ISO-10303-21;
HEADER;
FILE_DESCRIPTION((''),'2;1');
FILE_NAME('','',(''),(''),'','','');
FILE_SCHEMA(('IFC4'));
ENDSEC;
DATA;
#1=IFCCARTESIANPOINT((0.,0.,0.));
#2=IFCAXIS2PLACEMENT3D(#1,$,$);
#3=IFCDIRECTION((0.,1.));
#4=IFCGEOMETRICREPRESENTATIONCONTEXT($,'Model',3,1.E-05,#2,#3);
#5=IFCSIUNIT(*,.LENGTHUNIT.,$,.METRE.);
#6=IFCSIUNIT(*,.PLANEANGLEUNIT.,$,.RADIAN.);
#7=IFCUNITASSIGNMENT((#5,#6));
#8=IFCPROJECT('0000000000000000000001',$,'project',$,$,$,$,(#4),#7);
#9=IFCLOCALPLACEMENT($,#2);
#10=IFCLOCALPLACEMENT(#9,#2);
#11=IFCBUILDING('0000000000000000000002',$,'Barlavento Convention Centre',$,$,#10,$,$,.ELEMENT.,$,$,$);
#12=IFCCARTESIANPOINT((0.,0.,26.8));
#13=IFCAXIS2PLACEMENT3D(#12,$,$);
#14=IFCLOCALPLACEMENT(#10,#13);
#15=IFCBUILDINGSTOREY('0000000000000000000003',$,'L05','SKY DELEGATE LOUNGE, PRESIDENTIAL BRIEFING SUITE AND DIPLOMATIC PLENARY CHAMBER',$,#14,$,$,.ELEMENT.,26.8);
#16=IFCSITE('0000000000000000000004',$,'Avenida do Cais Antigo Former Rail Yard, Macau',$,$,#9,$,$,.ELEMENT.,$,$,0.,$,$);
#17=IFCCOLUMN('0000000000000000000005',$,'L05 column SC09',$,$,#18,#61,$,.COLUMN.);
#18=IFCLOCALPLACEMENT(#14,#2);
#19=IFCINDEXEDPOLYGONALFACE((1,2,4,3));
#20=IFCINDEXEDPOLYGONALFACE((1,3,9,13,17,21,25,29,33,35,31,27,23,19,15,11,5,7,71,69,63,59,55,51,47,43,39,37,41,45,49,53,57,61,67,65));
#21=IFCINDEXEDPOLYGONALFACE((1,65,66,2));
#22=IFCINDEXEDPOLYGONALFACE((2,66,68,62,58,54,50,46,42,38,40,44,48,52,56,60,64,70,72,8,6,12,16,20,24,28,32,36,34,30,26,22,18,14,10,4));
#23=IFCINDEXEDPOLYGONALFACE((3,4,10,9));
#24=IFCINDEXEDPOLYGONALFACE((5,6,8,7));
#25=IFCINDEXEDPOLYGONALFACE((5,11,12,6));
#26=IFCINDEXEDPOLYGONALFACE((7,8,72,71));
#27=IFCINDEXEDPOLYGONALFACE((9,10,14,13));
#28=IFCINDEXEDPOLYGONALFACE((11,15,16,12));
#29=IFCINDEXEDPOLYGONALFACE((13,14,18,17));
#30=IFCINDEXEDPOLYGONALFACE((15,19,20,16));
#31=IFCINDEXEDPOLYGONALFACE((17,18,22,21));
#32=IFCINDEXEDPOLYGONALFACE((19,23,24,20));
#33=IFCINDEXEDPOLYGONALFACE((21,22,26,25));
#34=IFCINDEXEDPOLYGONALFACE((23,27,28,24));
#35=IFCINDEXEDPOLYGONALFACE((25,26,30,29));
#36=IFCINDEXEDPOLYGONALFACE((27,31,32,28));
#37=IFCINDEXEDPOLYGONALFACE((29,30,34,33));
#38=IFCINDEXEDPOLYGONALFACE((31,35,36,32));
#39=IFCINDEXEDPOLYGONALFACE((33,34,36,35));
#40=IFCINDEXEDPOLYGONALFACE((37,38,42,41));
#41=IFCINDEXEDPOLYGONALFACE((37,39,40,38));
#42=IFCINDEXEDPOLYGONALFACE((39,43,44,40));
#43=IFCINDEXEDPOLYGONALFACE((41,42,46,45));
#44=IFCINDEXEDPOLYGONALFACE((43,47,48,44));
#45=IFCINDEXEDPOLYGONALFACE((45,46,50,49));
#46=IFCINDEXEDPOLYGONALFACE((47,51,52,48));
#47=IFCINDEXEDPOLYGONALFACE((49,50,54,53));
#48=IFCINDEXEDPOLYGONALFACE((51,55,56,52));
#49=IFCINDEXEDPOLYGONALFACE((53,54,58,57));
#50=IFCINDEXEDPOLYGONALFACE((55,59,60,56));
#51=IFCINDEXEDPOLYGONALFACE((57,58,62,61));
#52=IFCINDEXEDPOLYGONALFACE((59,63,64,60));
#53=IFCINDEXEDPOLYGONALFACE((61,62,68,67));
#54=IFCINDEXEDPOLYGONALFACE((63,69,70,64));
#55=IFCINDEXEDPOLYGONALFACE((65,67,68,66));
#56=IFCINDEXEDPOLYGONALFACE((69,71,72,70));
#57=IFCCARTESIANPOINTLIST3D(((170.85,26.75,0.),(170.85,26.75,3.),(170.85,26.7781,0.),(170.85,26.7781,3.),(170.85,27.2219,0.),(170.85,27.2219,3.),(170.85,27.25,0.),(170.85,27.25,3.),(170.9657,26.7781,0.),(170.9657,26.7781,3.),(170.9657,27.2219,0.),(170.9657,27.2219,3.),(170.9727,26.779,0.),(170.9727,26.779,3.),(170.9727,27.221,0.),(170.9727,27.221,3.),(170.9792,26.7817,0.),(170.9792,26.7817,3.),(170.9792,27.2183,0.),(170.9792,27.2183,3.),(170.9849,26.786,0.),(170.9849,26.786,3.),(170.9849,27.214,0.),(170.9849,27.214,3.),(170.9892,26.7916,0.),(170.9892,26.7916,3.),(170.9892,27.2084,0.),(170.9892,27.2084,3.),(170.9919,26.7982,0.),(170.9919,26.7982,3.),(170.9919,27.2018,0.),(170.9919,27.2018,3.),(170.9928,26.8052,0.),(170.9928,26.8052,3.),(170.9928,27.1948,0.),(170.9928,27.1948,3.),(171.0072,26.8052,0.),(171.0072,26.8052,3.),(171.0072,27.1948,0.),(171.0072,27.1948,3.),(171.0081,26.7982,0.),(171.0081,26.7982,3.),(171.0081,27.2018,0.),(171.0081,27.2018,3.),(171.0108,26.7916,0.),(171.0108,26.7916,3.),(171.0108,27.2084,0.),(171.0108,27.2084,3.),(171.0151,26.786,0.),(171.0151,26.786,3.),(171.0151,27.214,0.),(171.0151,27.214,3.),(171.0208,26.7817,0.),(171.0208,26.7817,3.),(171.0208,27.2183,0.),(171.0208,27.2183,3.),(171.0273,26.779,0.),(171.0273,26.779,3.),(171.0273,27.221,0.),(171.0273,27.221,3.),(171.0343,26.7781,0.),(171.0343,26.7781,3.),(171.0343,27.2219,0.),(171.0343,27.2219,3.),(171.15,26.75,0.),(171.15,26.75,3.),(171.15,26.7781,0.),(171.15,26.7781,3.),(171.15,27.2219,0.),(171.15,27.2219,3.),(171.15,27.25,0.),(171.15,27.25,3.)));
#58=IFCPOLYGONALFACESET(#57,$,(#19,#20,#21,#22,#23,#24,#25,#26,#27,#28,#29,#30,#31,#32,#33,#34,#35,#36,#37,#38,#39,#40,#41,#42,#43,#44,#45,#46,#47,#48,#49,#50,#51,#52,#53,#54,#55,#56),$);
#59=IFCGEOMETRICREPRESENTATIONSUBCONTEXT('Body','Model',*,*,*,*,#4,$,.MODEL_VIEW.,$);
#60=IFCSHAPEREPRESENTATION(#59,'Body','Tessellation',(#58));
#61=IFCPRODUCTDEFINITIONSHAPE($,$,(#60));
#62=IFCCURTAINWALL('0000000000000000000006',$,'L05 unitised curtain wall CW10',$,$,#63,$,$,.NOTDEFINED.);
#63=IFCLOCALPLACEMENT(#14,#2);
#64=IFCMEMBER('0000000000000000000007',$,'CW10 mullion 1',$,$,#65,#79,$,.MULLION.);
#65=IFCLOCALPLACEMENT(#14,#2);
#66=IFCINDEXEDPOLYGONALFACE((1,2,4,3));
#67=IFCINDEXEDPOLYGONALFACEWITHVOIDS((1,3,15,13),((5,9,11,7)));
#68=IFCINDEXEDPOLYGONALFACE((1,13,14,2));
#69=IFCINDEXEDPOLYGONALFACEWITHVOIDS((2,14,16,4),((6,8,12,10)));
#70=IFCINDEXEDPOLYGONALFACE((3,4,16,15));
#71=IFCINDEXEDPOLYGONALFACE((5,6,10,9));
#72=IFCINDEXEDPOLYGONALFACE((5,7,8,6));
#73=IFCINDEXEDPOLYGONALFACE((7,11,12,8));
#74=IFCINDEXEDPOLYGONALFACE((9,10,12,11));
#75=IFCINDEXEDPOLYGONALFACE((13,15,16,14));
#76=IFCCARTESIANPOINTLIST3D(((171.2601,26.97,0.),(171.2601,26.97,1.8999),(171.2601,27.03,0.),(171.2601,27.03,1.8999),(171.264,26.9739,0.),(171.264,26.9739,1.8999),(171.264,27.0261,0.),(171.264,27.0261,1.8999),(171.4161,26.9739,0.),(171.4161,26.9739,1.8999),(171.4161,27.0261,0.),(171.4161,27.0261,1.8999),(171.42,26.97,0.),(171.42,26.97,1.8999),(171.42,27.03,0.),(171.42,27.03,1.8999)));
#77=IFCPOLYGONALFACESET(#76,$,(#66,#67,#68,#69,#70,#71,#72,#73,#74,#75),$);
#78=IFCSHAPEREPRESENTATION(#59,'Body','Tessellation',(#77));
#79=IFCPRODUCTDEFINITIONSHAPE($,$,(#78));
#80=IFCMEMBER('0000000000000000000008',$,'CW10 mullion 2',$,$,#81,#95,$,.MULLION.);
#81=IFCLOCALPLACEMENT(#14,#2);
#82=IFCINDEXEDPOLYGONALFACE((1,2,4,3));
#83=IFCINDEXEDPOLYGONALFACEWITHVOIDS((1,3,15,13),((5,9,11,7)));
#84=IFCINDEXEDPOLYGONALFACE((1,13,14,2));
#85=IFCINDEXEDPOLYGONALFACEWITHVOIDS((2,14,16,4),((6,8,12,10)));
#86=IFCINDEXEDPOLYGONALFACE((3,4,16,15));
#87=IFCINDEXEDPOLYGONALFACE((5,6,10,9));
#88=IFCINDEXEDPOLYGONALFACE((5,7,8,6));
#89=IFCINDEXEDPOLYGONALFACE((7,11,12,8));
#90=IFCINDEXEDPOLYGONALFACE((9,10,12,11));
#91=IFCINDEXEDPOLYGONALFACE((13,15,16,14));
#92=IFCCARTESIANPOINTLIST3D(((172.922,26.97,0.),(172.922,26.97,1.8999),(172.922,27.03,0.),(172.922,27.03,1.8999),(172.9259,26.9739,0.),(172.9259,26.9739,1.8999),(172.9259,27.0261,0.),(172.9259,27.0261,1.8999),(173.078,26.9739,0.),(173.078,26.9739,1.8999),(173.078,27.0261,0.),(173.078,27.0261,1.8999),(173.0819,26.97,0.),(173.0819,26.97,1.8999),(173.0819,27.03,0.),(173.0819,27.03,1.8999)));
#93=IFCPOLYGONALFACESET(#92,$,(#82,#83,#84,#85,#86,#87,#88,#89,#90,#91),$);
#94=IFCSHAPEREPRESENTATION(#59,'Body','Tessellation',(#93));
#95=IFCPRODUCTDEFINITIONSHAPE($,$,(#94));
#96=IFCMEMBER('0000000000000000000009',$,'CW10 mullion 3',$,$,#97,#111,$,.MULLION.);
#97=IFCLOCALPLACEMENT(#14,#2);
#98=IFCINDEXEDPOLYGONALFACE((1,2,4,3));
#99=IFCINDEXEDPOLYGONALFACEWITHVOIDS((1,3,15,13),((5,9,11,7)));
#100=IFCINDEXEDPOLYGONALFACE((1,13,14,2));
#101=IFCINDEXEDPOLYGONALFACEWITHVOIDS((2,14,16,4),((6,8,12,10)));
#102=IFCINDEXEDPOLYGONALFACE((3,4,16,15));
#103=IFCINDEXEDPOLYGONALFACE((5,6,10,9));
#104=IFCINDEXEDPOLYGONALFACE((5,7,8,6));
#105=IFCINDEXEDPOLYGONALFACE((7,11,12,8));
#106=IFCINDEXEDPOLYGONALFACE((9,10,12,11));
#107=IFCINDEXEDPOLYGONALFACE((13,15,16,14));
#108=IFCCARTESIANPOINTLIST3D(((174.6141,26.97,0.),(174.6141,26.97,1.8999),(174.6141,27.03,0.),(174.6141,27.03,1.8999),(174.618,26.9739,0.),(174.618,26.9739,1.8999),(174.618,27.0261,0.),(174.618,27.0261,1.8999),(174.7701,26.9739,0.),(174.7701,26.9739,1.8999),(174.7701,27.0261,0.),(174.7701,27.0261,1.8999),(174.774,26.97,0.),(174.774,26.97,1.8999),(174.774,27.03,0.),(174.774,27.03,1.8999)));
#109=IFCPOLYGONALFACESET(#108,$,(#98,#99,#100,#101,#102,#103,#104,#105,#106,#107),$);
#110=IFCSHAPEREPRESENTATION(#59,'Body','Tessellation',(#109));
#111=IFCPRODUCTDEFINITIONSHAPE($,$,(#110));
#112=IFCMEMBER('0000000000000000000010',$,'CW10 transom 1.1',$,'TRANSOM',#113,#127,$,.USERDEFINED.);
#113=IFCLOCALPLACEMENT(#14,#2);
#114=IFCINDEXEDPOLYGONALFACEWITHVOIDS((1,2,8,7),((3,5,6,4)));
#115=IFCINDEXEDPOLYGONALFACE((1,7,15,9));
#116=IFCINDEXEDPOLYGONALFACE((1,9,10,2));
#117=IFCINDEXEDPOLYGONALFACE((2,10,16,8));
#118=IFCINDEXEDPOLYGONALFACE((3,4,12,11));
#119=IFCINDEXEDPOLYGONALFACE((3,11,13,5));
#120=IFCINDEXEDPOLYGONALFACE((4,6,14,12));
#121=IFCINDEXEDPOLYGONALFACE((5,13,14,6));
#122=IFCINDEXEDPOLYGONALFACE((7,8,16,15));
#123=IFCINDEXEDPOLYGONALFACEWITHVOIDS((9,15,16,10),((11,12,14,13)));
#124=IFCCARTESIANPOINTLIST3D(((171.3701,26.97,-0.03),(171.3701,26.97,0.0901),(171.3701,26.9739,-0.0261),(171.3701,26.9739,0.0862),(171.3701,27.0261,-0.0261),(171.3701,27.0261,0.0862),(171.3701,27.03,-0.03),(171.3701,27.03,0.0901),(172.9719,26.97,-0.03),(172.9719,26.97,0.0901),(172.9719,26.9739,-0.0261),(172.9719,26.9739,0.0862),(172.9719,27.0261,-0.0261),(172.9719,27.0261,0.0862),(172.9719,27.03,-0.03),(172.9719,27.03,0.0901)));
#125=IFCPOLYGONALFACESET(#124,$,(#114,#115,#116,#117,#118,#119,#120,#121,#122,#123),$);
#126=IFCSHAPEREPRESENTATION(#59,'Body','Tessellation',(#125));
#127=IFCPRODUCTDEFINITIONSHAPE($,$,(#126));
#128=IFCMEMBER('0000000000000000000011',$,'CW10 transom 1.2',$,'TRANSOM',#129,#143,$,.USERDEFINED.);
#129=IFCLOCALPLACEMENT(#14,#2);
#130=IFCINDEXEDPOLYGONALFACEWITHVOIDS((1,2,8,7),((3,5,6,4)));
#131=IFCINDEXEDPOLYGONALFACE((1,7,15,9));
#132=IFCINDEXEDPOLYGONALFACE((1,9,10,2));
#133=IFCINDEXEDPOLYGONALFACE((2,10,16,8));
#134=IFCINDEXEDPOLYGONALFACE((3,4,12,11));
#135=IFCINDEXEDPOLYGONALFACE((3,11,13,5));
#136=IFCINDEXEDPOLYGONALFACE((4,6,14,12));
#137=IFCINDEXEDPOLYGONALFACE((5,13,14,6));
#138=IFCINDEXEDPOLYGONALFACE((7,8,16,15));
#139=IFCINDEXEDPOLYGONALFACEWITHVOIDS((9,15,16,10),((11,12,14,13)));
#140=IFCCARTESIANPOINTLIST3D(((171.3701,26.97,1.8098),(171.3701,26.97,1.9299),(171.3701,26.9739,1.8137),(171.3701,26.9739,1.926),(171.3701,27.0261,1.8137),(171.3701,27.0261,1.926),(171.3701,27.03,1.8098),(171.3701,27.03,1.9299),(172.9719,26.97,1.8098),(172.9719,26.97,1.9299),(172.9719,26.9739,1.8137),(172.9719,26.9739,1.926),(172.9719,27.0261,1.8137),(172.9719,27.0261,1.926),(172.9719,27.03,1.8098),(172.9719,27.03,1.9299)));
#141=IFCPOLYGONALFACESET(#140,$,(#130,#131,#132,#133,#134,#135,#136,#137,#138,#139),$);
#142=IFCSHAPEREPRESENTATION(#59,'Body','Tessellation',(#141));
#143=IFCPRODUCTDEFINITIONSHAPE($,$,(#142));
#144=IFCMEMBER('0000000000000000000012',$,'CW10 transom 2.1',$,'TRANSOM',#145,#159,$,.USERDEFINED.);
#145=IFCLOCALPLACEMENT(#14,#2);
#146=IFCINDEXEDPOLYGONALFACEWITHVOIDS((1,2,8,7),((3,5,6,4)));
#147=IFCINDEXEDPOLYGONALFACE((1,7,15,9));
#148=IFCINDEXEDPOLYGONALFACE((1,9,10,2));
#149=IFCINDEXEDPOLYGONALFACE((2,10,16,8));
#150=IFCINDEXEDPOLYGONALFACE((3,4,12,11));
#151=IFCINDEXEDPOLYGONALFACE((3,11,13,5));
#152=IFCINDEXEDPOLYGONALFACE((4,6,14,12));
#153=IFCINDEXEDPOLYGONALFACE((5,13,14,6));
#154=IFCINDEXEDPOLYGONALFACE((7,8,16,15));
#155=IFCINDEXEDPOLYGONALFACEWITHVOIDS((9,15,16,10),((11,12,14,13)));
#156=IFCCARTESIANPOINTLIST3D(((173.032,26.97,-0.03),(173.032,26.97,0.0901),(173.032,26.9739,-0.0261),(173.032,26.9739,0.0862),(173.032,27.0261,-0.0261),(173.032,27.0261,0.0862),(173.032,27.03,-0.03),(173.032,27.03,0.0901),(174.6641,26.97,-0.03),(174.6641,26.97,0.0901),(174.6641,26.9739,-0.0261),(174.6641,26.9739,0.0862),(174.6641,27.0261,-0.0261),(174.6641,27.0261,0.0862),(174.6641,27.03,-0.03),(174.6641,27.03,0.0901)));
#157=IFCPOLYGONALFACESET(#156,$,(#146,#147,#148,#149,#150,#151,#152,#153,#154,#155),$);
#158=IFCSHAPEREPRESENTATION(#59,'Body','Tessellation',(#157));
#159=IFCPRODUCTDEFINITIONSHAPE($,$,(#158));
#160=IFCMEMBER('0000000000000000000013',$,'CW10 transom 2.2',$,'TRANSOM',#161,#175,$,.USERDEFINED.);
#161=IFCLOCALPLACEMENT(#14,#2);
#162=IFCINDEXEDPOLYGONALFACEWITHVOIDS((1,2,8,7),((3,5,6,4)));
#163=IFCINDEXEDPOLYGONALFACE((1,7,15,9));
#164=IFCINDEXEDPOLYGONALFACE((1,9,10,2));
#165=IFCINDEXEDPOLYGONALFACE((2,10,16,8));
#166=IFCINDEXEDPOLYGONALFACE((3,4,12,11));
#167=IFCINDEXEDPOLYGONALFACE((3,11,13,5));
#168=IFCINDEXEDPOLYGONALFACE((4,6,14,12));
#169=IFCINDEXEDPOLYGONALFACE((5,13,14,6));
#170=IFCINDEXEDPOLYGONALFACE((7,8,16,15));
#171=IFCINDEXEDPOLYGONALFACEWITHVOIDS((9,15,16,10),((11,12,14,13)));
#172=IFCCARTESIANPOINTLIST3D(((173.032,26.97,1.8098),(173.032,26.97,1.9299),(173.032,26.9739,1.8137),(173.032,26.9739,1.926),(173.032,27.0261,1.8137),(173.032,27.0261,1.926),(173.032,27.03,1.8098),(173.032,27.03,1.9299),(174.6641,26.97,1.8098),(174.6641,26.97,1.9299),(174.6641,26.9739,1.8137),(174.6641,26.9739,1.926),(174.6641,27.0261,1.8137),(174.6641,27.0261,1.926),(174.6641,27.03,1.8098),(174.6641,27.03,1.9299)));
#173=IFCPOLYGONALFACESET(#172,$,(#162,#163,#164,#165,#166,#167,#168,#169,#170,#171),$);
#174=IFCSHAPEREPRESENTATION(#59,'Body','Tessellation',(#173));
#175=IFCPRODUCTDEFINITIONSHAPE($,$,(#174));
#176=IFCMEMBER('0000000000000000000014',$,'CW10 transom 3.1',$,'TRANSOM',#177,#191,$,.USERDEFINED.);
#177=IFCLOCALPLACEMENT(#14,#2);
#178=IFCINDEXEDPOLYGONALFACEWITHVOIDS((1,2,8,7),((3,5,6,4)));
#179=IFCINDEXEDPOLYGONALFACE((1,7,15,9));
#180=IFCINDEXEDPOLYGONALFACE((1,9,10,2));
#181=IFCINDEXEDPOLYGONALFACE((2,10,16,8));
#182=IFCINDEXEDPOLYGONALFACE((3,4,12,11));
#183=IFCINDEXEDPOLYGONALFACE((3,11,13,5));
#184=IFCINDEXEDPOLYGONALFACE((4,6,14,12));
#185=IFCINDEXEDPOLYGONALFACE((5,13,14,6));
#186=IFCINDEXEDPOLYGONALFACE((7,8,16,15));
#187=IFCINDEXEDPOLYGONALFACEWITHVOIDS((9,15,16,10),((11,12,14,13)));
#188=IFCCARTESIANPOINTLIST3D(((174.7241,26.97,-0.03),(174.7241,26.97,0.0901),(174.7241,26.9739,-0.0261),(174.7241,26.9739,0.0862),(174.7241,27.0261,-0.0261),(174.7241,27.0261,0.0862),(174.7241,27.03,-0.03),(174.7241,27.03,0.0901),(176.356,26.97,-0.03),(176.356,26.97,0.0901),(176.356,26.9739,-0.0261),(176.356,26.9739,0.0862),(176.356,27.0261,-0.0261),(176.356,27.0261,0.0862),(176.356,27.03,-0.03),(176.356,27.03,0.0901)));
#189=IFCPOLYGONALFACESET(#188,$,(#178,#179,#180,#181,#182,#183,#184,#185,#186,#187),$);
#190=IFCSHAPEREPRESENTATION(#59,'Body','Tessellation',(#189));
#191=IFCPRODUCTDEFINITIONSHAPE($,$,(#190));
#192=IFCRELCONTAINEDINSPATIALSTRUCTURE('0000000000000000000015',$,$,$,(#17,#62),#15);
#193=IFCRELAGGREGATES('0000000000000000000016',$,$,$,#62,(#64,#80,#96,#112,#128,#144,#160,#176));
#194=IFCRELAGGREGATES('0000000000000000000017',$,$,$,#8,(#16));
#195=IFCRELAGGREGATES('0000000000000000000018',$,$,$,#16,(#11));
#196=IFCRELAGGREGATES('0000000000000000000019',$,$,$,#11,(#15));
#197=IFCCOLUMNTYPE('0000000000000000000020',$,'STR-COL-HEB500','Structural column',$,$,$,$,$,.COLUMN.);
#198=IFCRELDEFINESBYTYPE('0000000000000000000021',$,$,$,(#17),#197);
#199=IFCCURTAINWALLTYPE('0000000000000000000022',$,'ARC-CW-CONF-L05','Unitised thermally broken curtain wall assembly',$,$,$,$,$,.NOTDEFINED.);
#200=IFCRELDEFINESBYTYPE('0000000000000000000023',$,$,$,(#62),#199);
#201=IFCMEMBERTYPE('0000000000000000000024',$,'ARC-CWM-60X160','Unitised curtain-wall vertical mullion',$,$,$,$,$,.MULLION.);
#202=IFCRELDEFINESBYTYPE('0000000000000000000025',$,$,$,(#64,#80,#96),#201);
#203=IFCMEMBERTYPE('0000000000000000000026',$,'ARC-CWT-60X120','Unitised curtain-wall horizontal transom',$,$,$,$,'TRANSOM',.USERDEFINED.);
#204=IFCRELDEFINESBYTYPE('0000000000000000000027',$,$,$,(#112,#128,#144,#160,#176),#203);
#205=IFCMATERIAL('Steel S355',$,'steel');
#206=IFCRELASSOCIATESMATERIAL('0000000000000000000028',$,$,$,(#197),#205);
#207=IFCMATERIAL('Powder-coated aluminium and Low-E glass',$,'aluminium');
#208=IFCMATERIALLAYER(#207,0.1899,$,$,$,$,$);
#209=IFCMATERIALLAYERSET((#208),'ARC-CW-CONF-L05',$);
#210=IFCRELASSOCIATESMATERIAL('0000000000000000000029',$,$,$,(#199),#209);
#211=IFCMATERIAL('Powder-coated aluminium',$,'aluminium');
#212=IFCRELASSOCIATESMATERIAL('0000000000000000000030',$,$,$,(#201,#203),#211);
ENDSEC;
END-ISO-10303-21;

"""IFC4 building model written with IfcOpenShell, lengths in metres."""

from ifc_helpers import new_model, si_unit, direction, frame, origin, origin_2d, place, context, subcontext, project, spatial, hollow_rectangle, i_section, extrude, material, layer, layer_set, material_profile, profile_set, type_object, element, aggregate, save


model = new_model("IFC4")

# Units and contexts
model_context = context("Model", 3, precision=1e-05, world=origin(), true_north=direction((0.0, 1.0)))
body_context = subcontext(model_context, "Body", "Model", "MODEL_VIEW")
ifc_project = project(units=[si_unit("LENGTHUNIT", "METRE"), si_unit("PLANEANGLEUNIT", "RADIAN")], contexts=[model_context])

# Site, building, storey
site_placement = place(None, origin())
site = spatial("IfcSite", under=ifc_project, at=site_placement, Name="Avenida do Cais Antigo Former Rail Yard, Macau", CompositionType="ELEMENT", RefElevation=0.0)
building_placement = place(site_placement, origin())
building = spatial("IfcBuilding", under=site, at=building_placement, Name="Barlavento Convention Centre", CompositionType="ELEMENT")
storey_placement = place(building_placement, frame((0.0, 0.0, 26.8)))
storey = spatial("IfcBuildingStorey", under=building, at=storey_placement, Name="L05", Description="SKY DELEGATE LOUNGE, PRESIDENTIAL BRIEFING SUITE AND DIPLOMATIC PLENARY CHAMBER", CompositionType="ELEMENT", Elevation=26.8)

# Column
ifc_material_1 = material(Name="Steel S355", Category="steel")
ifc_material_profile_1 = material_profile(ifc_material_1, i_section(OverallWidth=0.3, OverallDepth=0.5, WebThickness=0.0144, FlangeThickness=0.0281, FilletRadius=0.0271, at=origin_2d()), Name="HEB 500")
ifc_profile_set_1 = profile_set([ifc_material_profile_1], Name="Steel S355")
column_type = type_object("IfcColumnType", Name="STR-COL-HEB500", Description="Structural column", PredefinedType="COLUMN", material=ifc_profile_set_1)
column_placement = place(storey_placement, frame((171.0, 27.0, 0.0), z_axis=(0.0, 0.0, 1.0), x_axis=(1.0, 0.0, 0.0)))
element("IfcColumn", 1, at=column_placement, inside=storey, type_object=column_type, Name="L05 column SC09", PredefinedType="COLUMN", context=body_context, shape_type="SweptSolid", body=[
    extrude(i_section(OverallWidth=0.3, OverallDepth=0.5, WebThickness=0.0144, FlangeThickness=0.0281, FilletRadius=0.0271, at=origin_2d()), origin(), (0.0, 0.0, 1.0), 3.0),
])

# Curtain wall, members
ifc_material_2 = material(Name="Powder-coated aluminium and Low-E glass", Category="aluminium")
ifc_layer_1 = layer(ifc_material_2, 0.1899)
ifc_layer_set_1 = layer_set([ifc_layer_1], Name="ARC-CW-CONF-L05")
curtain_wall_type = type_object("IfcCurtainWallType", Name="ARC-CW-CONF-L05", Description="Unitised thermally broken curtain wall assembly", PredefinedType="NOTDEFINED", material=ifc_layer_set_1)
curtain_wall_placement = place(storey_placement, origin())
curtain_wall = element("IfcCurtainWall", 2, at=curtain_wall_placement, inside=storey, type_object=curtain_wall_type, Name="L05 unitised curtain wall CW10", PredefinedType="NOTDEFINED")
ifc_material_3 = material(Name="Powder-coated aluminium", Category="aluminium")
ifc_material_profile_2 = material_profile(ifc_material_3, hollow_rectangle(XDim=0.0601, YDim=0.1599, WallThickness=0.0039, at=origin_2d()), Name="AL-MULL 60x160x4")
ifc_profile_set_2 = profile_set([ifc_material_profile_2], Name="Powder-coated aluminium")
member_type_1 = type_object("IfcMemberType", Name="ARC-CWM-60X160", Description="Unitised curtain-wall vertical mullion", PredefinedType="MULLION", material=ifc_profile_set_2)
member_1_placement = place(storey_placement, frame((171.3401, 27.0, 0.0), z_axis=(0.0, 0.0, 1.0), x_axis=(0.0, 1.0, 0.0)))
member_1 = element("IfcMember", 3, at=member_1_placement, type_object=member_type_1, Name="CW10 mullion 1", PredefinedType="MULLION", context=body_context, shape_type="SweptSolid", body=[
    extrude(hollow_rectangle(XDim=0.0601, YDim=0.1599, WallThickness=0.0039, at=origin_2d()), origin(), (0.0, 0.0, 1.0), 1.8999),
])
member_2_placement = place(storey_placement, frame((173.002, 27.0, 0.0), z_axis=(0.0, 0.0, 1.0), x_axis=(0.0, 1.0, 0.0)))
member_2 = element("IfcMember", 4, at=member_2_placement, type_object=member_type_1, Name="CW10 mullion 2", PredefinedType="MULLION", context=body_context, shape_type="SweptSolid", body=[
    extrude(hollow_rectangle(XDim=0.0601, YDim=0.1599, WallThickness=0.0039, at=origin_2d()), origin(), (0.0, 0.0, 1.0), 1.8999),
])
member_3_placement = place(storey_placement, frame((174.6941, 27.0, 0.0), z_axis=(0.0, 0.0, 1.0), x_axis=(0.0, 1.0, 0.0)))
member_3 = element("IfcMember", 5, at=member_3_placement, type_object=member_type_1, Name="CW10 mullion 3", PredefinedType="MULLION", context=body_context, shape_type="SweptSolid", body=[
    extrude(hollow_rectangle(XDim=0.0601, YDim=0.1599, WallThickness=0.0039, at=origin_2d()), origin(), (0.0, 0.0, 1.0), 1.8999),
])
ifc_material_profile_3 = material_profile(ifc_material_3, hollow_rectangle(XDim=0.0601, YDim=0.1201, WallThickness=0.0039, at=origin_2d()), Name="AL-TRAN 60x120x4")
ifc_profile_set_3 = profile_set([ifc_material_profile_3], Name="Powder-coated aluminium")
member_type_2 = type_object("IfcMemberType", Name="ARC-CWT-60X120", Description="Unitised curtain-wall horizontal transom", ElementType="TRANSOM", PredefinedType="USERDEFINED", material=ifc_profile_set_3)
member_4_placement = place(storey_placement, frame((171.3701, 27.0, 0.03), z_axis=(1.0, 0.0, 0.0), x_axis=(0.0, 1.0, 0.0)))
member_4 = element("IfcMember", 6, at=member_4_placement, type_object=member_type_2, Name="CW10 transom 1.1", ObjectType="TRANSOM", PredefinedType="USERDEFINED", context=body_context, shape_type="SweptSolid", body=[
    extrude(hollow_rectangle(XDim=0.0601, YDim=0.1201, WallThickness=0.0039, at=origin_2d()), origin(), (0.0, 0.0, 1.0), 1.6018),
])
member_5_placement = place(storey_placement, frame((171.3701, 27.0, 1.8699), z_axis=(1.0, 0.0, 0.0), x_axis=(0.0, 1.0, 0.0)))
member_5 = element("IfcMember", 7, at=member_5_placement, type_object=member_type_2, Name="CW10 transom 1.2", ObjectType="TRANSOM", PredefinedType="USERDEFINED", context=body_context, shape_type="SweptSolid", body=[
    extrude(hollow_rectangle(XDim=0.0601, YDim=0.1201, WallThickness=0.0039, at=origin_2d()), origin(), (0.0, 0.0, 1.0), 1.6018),
])
member_6_placement = place(storey_placement, frame((173.032, 27.0, 0.03), z_axis=(1.0, 0.0, 0.0), x_axis=(0.0, 1.0, 0.0)))
member_6 = element("IfcMember", 8, at=member_6_placement, type_object=member_type_2, Name="CW10 transom 2.1", ObjectType="TRANSOM", PredefinedType="USERDEFINED", context=body_context, shape_type="SweptSolid", body=[
    extrude(hollow_rectangle(XDim=0.0601, YDim=0.1201, WallThickness=0.0039, at=origin_2d()), origin(), (0.0, 0.0, 1.0), 1.6321),
])
member_7_placement = place(storey_placement, frame((173.032, 27.0, 1.8699), z_axis=(1.0, 0.0, 0.0), x_axis=(0.0, 1.0, 0.0)))
member_7 = element("IfcMember", 9, at=member_7_placement, type_object=member_type_2, Name="CW10 transom 2.2", ObjectType="TRANSOM", PredefinedType="USERDEFINED", context=body_context, shape_type="SweptSolid", body=[
    extrude(hollow_rectangle(XDim=0.0601, YDim=0.1201, WallThickness=0.0039, at=origin_2d()), origin(), (0.0, 0.0, 1.0), 1.6321),
])
member_8_placement = place(storey_placement, frame((174.7241, 27.0, 0.03), z_axis=(1.0, 0.0, 0.0), x_axis=(0.0, 1.0, 0.0)))
member_8 = element("IfcMember", 10, at=member_8_placement, type_object=member_type_2, Name="CW10 transom 3.1", ObjectType="TRANSOM", PredefinedType="USERDEFINED", context=body_context, shape_type="SweptSolid", body=[
    extrude(hollow_rectangle(XDim=0.0601, YDim=0.1201, WallThickness=0.0039, at=origin_2d()), origin(), (0.0, 0.0, 1.0), 1.6318),
])

aggregate(curtain_wall, [member_1, member_2, member_3, member_4, member_5, member_6, member_7, member_8])

save(model, "model.ifc")
